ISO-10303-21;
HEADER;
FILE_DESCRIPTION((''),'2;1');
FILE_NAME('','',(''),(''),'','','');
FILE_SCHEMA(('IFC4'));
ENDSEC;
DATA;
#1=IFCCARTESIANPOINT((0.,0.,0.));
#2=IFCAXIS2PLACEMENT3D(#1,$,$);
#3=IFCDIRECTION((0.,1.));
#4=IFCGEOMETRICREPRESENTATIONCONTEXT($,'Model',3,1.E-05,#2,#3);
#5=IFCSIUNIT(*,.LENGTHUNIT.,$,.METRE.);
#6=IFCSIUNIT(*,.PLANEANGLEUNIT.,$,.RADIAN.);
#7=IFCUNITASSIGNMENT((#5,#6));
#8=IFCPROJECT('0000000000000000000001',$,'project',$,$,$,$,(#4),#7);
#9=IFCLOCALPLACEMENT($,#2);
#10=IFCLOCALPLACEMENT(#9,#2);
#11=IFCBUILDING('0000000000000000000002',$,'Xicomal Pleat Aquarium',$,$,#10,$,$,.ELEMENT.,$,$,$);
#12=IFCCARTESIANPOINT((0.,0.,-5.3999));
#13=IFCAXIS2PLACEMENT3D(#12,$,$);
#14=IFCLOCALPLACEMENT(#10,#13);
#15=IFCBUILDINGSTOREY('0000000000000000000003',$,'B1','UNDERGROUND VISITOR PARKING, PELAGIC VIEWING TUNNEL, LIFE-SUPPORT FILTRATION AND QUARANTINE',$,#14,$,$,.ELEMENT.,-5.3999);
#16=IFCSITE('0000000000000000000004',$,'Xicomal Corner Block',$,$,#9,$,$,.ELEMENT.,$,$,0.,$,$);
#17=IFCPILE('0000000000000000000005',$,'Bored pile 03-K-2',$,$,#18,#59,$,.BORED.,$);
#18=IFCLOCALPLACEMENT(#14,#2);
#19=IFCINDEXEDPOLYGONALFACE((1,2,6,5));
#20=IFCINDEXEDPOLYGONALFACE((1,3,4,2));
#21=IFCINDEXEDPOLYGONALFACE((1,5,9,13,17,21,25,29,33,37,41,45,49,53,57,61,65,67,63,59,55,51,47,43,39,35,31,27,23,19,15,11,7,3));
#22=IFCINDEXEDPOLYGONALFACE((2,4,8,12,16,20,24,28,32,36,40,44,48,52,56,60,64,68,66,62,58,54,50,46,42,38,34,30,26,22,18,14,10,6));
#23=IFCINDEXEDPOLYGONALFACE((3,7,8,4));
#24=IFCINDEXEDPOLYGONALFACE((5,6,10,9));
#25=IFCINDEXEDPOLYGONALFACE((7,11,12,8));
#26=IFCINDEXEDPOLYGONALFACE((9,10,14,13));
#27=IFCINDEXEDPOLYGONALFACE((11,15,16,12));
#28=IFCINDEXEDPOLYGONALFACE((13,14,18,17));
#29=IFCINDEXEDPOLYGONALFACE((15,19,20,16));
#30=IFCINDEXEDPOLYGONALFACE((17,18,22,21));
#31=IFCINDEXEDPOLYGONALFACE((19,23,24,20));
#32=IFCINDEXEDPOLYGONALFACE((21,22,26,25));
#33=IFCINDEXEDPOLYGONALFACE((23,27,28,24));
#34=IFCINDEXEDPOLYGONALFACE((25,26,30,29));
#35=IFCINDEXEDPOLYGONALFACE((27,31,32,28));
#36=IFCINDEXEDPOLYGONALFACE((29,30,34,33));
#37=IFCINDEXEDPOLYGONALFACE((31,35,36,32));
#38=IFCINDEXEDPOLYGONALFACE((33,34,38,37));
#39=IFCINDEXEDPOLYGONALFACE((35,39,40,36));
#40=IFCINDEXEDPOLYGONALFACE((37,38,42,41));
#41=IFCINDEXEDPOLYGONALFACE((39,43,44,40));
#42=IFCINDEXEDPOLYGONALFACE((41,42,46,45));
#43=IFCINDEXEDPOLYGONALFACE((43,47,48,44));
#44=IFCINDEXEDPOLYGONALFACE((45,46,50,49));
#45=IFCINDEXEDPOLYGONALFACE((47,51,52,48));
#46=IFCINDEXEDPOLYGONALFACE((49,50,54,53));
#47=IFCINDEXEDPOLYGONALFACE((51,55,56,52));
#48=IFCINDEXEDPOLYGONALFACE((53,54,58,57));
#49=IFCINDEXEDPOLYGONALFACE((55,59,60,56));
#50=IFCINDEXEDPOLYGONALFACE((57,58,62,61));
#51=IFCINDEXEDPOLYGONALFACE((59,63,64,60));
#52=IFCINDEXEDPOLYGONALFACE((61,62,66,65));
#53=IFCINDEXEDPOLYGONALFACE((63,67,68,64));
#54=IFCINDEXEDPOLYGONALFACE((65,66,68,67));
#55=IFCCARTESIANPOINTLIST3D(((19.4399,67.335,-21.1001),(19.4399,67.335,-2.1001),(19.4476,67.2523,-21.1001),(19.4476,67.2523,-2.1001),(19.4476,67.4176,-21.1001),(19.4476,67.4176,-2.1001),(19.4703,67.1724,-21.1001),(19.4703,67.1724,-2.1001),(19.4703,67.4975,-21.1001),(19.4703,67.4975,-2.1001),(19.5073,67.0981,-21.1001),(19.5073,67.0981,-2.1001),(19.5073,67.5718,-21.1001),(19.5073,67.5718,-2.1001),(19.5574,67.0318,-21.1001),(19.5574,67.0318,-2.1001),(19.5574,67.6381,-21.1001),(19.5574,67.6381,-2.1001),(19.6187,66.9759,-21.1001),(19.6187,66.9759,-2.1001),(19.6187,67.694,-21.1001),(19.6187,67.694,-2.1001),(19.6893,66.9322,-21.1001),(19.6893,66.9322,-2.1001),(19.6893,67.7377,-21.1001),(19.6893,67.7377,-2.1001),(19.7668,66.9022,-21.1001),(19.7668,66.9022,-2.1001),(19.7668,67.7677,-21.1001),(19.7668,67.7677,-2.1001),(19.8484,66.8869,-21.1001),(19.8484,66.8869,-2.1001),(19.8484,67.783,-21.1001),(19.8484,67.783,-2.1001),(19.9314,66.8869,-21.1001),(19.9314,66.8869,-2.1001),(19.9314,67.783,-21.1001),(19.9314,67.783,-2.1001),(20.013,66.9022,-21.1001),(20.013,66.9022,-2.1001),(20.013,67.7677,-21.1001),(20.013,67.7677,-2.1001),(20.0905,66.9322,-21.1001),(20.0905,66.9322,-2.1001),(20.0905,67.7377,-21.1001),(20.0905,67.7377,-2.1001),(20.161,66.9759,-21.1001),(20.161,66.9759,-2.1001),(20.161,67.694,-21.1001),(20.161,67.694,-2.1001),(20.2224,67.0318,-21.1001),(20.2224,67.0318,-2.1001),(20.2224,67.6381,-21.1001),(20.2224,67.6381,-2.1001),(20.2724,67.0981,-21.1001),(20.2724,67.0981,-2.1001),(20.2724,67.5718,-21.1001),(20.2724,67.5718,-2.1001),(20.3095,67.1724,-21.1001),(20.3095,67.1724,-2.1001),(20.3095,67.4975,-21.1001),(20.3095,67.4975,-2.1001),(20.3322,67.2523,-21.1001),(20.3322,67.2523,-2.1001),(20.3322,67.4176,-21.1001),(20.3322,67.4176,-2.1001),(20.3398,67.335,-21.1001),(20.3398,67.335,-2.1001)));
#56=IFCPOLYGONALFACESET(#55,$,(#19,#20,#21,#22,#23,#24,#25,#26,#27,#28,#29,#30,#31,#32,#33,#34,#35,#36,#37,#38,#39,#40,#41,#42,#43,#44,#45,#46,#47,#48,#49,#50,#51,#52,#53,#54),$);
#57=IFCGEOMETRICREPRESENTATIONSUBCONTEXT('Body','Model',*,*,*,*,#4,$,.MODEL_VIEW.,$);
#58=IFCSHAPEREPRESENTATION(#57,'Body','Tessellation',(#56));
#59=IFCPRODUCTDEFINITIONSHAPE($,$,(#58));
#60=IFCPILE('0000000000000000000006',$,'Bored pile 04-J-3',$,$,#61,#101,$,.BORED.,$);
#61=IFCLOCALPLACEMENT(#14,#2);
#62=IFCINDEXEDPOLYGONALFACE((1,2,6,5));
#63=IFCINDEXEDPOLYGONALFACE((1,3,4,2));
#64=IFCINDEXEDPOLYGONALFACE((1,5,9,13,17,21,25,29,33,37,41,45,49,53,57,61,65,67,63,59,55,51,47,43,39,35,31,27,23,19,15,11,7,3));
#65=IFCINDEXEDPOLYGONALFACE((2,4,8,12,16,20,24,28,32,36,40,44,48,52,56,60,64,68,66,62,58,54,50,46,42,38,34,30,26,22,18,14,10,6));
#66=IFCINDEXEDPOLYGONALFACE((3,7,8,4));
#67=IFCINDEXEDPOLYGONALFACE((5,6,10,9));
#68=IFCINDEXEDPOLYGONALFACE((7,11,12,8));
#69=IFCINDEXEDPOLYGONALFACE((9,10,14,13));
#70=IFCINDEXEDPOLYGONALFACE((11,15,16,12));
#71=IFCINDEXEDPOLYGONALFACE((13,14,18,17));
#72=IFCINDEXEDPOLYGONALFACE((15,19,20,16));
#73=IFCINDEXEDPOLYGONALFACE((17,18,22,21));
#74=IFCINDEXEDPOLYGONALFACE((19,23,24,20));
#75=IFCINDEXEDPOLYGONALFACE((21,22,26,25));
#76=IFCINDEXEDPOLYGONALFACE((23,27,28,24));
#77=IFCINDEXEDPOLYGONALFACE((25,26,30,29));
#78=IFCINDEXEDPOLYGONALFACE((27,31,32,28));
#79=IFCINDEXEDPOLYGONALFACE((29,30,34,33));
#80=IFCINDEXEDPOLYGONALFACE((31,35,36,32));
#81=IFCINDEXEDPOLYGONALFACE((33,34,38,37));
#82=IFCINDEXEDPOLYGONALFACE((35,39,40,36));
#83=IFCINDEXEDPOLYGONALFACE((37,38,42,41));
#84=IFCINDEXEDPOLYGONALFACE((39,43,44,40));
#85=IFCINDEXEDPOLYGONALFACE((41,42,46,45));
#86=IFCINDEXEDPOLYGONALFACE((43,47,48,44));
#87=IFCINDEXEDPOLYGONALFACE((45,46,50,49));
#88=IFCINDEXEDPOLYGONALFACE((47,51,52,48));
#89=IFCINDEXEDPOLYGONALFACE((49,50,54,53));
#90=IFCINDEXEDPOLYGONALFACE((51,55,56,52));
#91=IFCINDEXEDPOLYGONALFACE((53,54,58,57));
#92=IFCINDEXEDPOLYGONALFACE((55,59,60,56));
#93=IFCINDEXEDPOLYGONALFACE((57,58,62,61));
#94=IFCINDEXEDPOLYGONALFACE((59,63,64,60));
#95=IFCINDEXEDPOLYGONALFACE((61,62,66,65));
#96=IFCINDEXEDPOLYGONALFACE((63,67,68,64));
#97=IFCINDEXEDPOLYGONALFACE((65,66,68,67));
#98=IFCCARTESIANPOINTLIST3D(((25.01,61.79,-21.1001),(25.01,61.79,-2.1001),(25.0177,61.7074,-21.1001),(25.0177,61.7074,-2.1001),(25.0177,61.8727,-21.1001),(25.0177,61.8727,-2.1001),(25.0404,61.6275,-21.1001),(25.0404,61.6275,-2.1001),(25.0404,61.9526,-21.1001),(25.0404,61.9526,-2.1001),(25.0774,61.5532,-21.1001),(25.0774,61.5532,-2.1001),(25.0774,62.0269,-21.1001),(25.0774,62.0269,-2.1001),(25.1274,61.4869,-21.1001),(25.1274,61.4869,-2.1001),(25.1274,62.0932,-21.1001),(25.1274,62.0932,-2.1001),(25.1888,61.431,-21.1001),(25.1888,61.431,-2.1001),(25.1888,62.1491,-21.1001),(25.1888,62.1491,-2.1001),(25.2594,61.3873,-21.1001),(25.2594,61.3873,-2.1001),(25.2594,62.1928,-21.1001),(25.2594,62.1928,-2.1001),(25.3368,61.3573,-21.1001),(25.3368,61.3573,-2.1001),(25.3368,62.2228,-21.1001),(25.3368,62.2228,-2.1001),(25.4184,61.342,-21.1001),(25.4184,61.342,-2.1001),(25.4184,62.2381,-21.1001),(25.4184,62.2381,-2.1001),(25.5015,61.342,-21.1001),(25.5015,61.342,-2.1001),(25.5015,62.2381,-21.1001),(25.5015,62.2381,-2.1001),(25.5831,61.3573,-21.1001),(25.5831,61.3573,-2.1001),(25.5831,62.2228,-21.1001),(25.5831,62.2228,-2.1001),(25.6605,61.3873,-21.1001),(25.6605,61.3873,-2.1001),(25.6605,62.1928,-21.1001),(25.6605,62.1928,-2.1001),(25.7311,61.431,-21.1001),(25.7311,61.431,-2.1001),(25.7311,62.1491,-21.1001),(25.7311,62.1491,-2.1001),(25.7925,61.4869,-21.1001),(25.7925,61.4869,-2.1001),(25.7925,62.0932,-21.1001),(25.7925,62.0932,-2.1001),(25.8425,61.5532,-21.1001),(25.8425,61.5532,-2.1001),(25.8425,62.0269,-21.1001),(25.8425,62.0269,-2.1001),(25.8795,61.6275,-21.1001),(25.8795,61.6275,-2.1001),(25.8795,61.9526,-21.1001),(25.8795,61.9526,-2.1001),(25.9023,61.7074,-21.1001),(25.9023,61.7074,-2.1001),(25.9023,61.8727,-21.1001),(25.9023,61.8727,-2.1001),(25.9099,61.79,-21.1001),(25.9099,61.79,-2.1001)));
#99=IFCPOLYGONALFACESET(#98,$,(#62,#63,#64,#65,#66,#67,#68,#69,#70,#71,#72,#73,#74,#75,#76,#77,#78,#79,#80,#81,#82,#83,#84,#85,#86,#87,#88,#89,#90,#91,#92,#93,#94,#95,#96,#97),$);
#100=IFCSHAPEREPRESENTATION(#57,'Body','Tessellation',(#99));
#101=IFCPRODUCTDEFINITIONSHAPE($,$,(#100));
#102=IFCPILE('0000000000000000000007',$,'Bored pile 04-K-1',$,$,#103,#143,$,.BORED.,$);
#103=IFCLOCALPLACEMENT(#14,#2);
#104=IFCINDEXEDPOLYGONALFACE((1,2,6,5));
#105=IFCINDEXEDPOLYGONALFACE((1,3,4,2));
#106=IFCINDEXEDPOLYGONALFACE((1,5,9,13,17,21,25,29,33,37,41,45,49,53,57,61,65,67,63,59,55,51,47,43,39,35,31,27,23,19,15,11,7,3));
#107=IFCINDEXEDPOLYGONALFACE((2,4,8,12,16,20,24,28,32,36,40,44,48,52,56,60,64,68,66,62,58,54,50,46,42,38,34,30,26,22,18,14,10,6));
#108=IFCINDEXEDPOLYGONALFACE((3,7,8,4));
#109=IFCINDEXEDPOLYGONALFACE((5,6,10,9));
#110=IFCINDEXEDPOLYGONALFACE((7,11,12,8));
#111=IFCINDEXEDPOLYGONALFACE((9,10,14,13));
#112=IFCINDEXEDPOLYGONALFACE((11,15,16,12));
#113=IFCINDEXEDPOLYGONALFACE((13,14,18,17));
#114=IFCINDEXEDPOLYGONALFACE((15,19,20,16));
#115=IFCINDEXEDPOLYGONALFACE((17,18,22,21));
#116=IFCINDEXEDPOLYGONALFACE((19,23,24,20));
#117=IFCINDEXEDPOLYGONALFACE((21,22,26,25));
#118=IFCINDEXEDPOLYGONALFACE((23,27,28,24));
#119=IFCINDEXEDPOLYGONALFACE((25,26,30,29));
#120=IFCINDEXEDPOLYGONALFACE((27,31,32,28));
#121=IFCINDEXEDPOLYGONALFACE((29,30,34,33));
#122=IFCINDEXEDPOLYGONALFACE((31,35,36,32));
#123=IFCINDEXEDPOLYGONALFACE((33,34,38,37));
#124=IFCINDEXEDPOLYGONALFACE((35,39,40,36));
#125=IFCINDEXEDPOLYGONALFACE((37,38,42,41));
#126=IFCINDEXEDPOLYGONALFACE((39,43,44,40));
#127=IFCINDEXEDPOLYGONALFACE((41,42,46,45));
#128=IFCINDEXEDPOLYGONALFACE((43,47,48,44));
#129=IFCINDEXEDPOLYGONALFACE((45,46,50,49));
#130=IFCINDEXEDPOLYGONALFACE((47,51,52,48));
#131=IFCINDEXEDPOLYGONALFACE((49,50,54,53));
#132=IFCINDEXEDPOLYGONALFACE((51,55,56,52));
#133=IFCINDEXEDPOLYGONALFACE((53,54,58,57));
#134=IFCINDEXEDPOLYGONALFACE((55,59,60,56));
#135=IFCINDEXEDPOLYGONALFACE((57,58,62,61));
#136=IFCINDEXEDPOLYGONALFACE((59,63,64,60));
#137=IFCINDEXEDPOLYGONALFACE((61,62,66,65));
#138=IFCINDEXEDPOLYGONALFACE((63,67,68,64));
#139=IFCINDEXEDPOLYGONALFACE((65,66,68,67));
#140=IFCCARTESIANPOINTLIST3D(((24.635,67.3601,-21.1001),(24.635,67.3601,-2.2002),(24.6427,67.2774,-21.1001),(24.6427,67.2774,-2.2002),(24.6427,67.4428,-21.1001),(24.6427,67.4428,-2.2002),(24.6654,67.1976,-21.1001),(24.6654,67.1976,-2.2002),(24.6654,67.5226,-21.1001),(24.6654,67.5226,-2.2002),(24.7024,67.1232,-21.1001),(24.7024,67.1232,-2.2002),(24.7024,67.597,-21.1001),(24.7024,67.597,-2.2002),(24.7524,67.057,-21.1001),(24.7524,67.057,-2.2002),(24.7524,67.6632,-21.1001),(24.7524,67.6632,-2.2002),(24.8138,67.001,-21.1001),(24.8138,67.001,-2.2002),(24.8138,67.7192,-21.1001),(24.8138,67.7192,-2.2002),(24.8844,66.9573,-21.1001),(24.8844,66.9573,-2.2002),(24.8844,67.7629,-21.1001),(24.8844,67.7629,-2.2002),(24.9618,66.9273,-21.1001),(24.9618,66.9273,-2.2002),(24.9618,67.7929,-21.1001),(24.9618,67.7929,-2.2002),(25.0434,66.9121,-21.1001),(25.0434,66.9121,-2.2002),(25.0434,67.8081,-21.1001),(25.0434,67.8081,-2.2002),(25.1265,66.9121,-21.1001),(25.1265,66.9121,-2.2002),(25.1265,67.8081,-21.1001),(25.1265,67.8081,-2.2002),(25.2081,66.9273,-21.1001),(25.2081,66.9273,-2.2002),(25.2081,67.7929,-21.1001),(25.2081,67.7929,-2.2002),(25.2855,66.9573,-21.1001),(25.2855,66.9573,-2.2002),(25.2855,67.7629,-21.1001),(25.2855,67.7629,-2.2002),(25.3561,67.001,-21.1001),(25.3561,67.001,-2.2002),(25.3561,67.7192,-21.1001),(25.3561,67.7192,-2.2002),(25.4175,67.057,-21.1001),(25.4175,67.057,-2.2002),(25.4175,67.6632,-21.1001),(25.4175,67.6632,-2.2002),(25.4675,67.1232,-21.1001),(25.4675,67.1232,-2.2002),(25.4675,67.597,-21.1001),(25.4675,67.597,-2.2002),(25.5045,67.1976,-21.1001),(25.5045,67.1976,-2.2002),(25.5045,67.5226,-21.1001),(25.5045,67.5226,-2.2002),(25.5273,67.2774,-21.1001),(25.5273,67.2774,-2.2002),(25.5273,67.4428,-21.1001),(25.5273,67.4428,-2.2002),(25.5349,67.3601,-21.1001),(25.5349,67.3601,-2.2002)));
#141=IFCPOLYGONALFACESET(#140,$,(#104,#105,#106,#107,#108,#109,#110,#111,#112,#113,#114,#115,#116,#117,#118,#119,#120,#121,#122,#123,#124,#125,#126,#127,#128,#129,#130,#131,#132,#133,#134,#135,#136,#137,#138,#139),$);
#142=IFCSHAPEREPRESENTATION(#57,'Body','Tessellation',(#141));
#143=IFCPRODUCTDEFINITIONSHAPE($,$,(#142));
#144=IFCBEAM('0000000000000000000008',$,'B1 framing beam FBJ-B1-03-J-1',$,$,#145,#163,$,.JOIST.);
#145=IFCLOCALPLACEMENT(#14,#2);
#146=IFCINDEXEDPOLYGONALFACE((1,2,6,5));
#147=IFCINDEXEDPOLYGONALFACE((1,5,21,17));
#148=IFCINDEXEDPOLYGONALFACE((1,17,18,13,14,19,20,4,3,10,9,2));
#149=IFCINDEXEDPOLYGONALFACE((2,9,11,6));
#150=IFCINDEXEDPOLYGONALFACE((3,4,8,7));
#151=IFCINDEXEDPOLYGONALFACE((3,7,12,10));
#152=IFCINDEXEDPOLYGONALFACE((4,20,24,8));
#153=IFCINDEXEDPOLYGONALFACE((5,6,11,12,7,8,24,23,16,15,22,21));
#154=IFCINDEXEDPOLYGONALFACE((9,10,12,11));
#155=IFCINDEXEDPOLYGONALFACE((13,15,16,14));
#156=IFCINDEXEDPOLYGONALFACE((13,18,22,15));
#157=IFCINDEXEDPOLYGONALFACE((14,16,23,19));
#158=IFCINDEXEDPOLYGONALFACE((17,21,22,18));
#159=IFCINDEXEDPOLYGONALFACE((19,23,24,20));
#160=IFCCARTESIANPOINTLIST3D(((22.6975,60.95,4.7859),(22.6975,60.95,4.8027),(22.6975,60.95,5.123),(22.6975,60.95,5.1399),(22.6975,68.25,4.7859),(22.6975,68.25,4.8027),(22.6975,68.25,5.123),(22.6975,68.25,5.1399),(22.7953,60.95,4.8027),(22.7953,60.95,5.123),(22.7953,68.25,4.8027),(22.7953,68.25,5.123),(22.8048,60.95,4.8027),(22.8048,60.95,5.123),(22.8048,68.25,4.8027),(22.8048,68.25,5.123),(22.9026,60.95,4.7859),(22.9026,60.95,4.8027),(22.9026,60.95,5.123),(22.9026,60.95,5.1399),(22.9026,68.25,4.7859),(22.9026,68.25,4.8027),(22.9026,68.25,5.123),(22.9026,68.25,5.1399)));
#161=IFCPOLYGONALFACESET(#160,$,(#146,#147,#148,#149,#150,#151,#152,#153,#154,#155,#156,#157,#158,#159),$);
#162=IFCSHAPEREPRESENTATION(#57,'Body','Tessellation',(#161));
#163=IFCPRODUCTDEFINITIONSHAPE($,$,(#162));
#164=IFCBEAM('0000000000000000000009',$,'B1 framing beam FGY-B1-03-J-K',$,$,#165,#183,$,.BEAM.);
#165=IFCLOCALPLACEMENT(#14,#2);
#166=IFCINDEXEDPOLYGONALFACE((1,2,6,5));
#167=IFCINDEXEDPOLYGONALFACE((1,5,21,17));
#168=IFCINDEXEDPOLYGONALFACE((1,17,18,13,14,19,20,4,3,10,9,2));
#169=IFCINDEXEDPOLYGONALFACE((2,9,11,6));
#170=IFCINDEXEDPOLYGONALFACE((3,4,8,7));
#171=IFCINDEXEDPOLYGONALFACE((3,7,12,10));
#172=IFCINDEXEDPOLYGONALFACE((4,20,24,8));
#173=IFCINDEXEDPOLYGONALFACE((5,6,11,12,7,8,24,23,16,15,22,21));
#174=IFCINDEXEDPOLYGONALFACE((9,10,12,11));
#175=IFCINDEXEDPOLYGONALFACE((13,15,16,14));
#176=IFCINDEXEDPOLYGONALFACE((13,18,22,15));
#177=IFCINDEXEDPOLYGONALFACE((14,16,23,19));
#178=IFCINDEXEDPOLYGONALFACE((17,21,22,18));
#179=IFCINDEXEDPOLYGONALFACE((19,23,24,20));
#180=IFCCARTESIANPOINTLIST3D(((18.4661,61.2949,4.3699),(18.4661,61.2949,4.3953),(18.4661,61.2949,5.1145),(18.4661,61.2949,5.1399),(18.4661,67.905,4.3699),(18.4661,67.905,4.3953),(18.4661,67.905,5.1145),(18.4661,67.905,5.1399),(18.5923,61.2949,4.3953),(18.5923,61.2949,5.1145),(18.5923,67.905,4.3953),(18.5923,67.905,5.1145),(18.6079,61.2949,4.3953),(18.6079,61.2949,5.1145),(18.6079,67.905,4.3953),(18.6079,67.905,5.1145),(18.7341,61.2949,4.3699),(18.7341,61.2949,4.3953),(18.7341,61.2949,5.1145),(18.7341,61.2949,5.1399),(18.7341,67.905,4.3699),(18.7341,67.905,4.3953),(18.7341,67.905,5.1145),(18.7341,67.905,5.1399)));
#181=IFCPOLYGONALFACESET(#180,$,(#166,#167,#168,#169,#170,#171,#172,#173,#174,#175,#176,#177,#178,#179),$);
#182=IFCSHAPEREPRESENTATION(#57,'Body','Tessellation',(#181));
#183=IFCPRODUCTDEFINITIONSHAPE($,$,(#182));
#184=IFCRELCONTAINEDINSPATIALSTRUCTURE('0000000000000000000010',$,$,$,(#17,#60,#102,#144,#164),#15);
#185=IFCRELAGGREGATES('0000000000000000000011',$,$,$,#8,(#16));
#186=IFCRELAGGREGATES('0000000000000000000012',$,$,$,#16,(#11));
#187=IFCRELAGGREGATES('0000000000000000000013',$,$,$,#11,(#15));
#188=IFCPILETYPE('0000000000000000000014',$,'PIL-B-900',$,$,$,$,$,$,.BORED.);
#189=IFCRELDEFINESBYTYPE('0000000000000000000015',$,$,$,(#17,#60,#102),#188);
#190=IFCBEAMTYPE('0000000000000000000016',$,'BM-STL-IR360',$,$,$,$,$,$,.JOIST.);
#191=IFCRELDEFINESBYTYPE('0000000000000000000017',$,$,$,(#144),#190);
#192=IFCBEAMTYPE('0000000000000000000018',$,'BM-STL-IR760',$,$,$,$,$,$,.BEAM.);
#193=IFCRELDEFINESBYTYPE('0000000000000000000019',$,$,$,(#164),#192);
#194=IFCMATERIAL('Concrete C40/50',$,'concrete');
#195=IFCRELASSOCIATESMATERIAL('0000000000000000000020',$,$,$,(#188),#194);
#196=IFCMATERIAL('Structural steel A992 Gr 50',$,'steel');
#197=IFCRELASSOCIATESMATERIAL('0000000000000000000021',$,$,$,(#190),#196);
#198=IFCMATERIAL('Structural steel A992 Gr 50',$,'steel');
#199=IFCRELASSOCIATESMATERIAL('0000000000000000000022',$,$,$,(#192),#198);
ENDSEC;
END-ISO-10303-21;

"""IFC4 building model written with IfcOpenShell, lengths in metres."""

from ifc_helpers import new_model, si_unit, direction, frame, origin, origin_2d, place, context, subcontext, project, spatial, circle, i_section, extrude, material, material_profile, profile_set, type_object, element, save


model = new_model("IFC4")

# Units and contexts
model_context = context("Model", 3, precision=1e-05, world=origin(), true_north=direction((0.0, 1.0)))
body_context = subcontext(model_context, "Body", "Model", "MODEL_VIEW")
ifc_project = project(units=[si_unit("LENGTHUNIT", "METRE"), si_unit("PLANEANGLEUNIT", "RADIAN")], contexts=[model_context])

# Site, building, storey
site_placement = place(None, origin())
site = spatial("IfcSite", under=ifc_project, at=site_placement, Name="Xicomal Corner Block", CompositionType="ELEMENT", RefElevation=0.0)
building_placement = place(site_placement, origin())
building = spatial("IfcBuilding", under=site, at=building_placement, Name="Xicomal Pleat Aquarium", CompositionType="ELEMENT")
storey_placement = place(building_placement, frame((0.0, 0.0, -5.3999)))
storey = spatial("IfcBuildingStorey", under=building, at=storey_placement, Name="B1", Description="UNDERGROUND VISITOR PARKING, PELAGIC VIEWING TUNNEL, LIFE-SUPPORT FILTRATION AND QUARANTINE", CompositionType="ELEMENT", Elevation=-5.3999)

# Piles
ifc_material_1 = material(Name="Concrete C40/50", Category="concrete")
ifc_material_profile_1 = material_profile(ifc_material_1, circle(Radius=0.45, at=origin_2d()), Name="BORED PILE D900")
ifc_profile_set_1 = profile_set([ifc_material_profile_1], Name="Concrete C40/50")
pile_type = type_object("IfcPileType", Name="PIL-B-900", PredefinedType="BORED", material=ifc_profile_set_1)
for number, where, z_axis, x_axis, name in (
    (1, (19.8899, 67.335, -2.1001), (0.0, 0.0, -1.0), (1.0, 0.0, 0.0), "Bored pile 03-K-2"),
    (2, (25.46, 61.79, -2.1001), (0.0, 0.0, -1.0), (1.0, 0.0, 0.0), "Bored pile 04-J-3"),
):
    element("IfcPile", number, at=place(storey_placement, frame(where, z_axis=z_axis, x_axis=x_axis)), inside=storey, type_object=pile_type, Name=name, PredefinedType="BORED", context=body_context, shape_type="SweptSolid", body=[
        extrude(circle(Radius=0.45, at=origin_2d()), origin(), (0.0, 0.0, 1.0), 19.0),
    ])
pile_placement = place(storey_placement, frame((25.085, 67.3601, -2.2002), z_axis=(0.0, 0.0, -1.0), x_axis=(1.0, 0.0, 0.0)))
element("IfcPile", 3, at=pile_placement, inside=storey, type_object=pile_type, Name="Bored pile 04-K-1", PredefinedType="BORED", context=body_context, shape_type="SweptSolid", body=[
    extrude(circle(Radius=0.45, at=origin_2d()), origin(), (0.0, 0.0, 1.0), 18.8999),
])

# Beams
ifc_material_2 = material(Name="Structural steel A992 Gr 50", Category="steel")
ifc_material_profile_2 = material_profile(ifc_material_2, i_section(OverallWidth=0.2051, OverallDepth=0.354, WebThickness=0.0095, FlangeThickness=0.0168, at=origin_2d()), Name="IR 360x79")
ifc_profile_set_2 = profile_set([ifc_material_profile_2], Name="Structural steel A992 Gr 50")
beam_type_1 = type_object("IfcBeamType", Name="BM-STL-IR360", PredefinedType="JOIST", material=ifc_profile_set_2)
beam_1_placement = place(storey_placement, frame((22.8, 60.95, 4.9629), z_axis=(0.0, 1.0, 0.0), x_axis=(-1.0, 0.0, 0.0)))
element("IfcBeam", 4, at=beam_1_placement, inside=storey, type_object=beam_type_1, Name="B1 framing beam FBJ-B1-03-J-1", PredefinedType="JOIST", context=body_context, shape_type="SweptSolid", body=[
    extrude(i_section(OverallWidth=0.2051, OverallDepth=0.354, WebThickness=0.0095, FlangeThickness=0.0168, at=origin_2d()), origin(), (0.0, 0.0, 1.0), 7.3),
])
ifc_material_3 = material(Name="Structural steel A992 Gr 50", Category="steel")
ifc_material_profile_3 = material_profile(ifc_material_3, i_section(OverallWidth=0.2681, OverallDepth=0.77, WebThickness=0.0156, FlangeThickness=0.0254, at=origin_2d()), Name="IR 760x196")
ifc_profile_set_3 = profile_set([ifc_material_profile_3], Name="Structural steel A992 Gr 50")
beam_type_2 = type_object("IfcBeamType", Name="BM-STL-IR760", PredefinedType="BEAM", material=ifc_profile_set_3)
beam_2_placement = place(storey_placement, frame((18.6001, 61.2949, 4.7549), z_axis=(0.0, 1.0, 0.0), x_axis=(-1.0, 0.0, 0.0)))
element("IfcBeam", 5, at=beam_2_placement, inside=storey, type_object=beam_type_2, Name="B1 framing beam FGY-B1-03-J-K", PredefinedType="BEAM", context=body_context, shape_type="SweptSolid", body=[
    extrude(i_section(OverallWidth=0.2681, OverallDepth=0.77, WebThickness=0.0156, FlangeThickness=0.0254, at=origin_2d()), origin(), (0.0, 0.0, 1.0), 6.6101),
])

save(model, "model.ifc")
